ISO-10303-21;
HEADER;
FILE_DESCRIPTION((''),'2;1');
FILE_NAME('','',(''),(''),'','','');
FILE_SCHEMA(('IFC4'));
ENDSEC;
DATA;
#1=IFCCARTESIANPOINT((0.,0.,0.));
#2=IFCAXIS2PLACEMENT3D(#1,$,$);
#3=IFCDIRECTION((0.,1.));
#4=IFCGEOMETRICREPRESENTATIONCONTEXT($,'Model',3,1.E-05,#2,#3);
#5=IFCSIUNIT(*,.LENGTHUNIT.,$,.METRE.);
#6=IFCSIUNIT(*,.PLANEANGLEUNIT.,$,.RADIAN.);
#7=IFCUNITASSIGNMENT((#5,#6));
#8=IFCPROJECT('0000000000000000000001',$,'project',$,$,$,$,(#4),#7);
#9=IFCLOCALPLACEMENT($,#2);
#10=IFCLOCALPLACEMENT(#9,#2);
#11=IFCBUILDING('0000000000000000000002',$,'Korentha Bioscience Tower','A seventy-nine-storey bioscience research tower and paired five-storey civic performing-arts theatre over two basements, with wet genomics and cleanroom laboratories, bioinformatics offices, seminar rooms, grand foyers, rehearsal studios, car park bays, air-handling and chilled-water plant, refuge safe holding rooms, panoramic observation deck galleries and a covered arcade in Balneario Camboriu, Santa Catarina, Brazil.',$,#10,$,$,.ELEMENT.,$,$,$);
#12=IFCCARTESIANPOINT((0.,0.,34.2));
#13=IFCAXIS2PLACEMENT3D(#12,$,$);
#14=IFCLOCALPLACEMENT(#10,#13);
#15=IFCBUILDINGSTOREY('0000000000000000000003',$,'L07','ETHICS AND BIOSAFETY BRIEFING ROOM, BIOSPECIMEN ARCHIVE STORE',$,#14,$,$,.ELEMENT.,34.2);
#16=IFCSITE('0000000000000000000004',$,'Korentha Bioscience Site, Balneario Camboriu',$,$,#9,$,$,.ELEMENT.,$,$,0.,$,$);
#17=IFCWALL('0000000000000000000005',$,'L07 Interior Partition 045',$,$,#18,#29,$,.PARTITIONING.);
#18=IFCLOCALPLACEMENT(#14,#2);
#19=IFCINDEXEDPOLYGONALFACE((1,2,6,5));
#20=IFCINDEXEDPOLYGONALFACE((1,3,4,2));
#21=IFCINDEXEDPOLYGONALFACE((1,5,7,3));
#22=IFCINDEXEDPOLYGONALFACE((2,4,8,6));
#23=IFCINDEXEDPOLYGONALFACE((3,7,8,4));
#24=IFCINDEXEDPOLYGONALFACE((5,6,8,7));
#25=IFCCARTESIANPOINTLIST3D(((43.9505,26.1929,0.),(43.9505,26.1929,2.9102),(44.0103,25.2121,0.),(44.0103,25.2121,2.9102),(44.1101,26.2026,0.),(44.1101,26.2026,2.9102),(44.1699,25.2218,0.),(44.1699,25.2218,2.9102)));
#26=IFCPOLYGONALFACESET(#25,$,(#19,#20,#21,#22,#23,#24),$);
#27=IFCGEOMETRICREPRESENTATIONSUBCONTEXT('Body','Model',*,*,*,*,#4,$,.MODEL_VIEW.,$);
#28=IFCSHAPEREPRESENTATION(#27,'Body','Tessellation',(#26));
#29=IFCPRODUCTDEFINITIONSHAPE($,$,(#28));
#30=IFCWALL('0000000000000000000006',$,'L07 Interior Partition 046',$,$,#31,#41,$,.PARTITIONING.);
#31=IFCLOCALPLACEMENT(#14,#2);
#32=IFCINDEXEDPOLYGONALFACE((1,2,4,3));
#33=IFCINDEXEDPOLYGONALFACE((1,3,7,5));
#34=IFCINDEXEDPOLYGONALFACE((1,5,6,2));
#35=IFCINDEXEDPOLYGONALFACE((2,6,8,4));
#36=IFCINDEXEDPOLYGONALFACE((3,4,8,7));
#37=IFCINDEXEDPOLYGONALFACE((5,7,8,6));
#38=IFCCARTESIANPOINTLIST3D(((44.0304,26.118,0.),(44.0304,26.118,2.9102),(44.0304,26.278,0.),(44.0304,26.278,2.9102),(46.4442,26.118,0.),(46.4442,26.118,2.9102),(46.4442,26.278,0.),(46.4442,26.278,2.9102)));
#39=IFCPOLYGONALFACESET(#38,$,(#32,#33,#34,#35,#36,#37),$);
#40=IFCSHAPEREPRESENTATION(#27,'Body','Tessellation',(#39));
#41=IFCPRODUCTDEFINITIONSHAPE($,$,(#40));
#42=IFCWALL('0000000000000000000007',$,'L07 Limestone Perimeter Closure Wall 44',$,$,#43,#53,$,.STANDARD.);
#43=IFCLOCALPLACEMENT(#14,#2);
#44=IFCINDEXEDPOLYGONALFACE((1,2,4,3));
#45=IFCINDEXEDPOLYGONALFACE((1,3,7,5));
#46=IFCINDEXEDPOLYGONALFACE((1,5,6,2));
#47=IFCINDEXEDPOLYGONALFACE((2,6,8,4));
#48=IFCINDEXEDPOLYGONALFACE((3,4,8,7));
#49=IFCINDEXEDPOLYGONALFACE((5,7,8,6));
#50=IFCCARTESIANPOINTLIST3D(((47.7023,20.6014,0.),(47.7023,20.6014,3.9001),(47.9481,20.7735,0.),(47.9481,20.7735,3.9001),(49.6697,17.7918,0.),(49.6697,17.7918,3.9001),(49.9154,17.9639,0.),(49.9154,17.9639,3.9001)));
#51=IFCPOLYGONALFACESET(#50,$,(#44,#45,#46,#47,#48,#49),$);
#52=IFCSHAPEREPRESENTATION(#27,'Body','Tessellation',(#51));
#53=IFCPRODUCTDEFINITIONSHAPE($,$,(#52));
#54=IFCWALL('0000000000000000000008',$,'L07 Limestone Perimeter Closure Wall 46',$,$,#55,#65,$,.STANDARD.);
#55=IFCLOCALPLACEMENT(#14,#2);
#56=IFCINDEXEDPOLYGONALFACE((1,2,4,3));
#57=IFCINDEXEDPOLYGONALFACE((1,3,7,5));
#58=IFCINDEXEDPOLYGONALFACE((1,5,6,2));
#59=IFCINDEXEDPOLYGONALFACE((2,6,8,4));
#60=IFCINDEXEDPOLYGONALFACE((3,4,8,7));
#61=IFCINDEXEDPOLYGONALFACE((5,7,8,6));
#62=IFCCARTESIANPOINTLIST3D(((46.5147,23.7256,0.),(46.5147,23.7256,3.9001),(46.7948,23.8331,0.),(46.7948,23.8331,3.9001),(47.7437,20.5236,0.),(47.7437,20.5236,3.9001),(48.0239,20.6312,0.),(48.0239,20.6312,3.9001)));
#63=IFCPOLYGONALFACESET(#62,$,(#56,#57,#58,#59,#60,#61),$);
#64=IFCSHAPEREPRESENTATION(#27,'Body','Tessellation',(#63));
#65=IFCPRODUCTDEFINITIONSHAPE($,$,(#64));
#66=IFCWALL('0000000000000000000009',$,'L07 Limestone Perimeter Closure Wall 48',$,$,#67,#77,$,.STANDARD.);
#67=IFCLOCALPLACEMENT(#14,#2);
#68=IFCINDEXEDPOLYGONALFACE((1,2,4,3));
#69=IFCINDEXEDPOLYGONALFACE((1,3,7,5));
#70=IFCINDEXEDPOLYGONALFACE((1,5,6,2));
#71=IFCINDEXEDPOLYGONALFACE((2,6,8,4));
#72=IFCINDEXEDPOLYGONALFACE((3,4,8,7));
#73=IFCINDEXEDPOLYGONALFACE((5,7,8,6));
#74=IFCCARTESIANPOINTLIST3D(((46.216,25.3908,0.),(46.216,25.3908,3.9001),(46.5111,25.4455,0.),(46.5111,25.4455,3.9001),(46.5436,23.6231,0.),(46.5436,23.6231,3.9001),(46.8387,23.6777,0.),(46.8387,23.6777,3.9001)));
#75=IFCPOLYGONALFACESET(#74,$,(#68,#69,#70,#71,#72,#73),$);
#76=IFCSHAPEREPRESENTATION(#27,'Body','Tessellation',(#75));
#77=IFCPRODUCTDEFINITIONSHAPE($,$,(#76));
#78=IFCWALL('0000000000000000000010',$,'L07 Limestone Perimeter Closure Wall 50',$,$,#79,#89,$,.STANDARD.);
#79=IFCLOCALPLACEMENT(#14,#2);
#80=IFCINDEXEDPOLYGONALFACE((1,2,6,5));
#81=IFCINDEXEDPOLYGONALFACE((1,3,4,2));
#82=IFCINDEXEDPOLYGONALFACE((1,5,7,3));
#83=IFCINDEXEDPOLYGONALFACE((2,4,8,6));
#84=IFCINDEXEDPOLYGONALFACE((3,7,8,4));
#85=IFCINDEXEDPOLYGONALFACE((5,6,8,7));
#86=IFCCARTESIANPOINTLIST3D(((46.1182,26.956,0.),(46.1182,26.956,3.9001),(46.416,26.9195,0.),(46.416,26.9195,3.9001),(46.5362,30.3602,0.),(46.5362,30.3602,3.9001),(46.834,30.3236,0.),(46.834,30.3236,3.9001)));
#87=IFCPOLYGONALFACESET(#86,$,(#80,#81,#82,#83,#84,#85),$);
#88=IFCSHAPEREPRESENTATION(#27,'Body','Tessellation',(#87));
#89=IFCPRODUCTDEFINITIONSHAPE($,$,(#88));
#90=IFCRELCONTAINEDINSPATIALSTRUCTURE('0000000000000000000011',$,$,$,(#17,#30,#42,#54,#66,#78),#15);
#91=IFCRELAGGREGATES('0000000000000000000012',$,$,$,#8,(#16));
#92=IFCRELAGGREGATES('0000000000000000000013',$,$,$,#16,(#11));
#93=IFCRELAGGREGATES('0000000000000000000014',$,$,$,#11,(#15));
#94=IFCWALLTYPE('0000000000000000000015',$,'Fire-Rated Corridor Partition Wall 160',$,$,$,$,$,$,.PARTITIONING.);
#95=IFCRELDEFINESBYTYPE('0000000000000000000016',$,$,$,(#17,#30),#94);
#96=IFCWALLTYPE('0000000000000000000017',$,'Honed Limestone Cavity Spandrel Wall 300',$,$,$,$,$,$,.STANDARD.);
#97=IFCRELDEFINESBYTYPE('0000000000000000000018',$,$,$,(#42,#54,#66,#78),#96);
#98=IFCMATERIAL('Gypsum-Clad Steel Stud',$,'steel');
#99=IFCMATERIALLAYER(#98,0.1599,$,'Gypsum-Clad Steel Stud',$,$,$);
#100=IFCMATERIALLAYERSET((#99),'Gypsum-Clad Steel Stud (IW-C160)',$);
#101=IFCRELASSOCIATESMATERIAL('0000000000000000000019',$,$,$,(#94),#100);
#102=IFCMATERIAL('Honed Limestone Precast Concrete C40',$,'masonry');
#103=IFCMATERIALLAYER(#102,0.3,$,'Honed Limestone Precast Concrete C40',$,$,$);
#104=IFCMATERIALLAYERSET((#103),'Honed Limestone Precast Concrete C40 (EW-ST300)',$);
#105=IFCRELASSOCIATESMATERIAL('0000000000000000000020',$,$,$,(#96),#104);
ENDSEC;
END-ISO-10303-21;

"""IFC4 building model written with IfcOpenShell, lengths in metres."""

from ifc_helpers import new_model, si_unit, direction, frame, frame_2d, origin, place, context, subcontext, project, spatial, rectangle, extrude, material, layer, layer_set, type_object, element, save


model = new_model("IFC4")

# Units and contexts
model_context = context("Model", 3, precision=1e-05, world=origin(), true_north=direction((0.0, 1.0)))
body_context = subcontext(model_context, "Body", "Model", "MODEL_VIEW")
ifc_project = project(units=[si_unit("LENGTHUNIT", "METRE"), si_unit("PLANEANGLEUNIT", "RADIAN")], contexts=[model_context])

# Site, building, storey
site_placement = place(None, origin())
site = spatial("IfcSite", under=ifc_project, at=site_placement, Name="Korentha Bioscience Site, Balneario Camboriu", CompositionType="ELEMENT", RefElevation=0.0)
building_placement = place(site_placement, origin())
building = spatial("IfcBuilding", under=site, at=building_placement, Name="Korentha Bioscience Tower", Description="A seventy-nine-storey bioscience research tower and paired five-storey civic performing-arts theatre over two basements, with wet genomics and cleanroom laboratories, bioinformatics offices, seminar rooms, grand foyers, rehearsal studios, car park bays, air-handling and chilled-water plant, refuge safe holding rooms, panoramic observation deck galleries and a covered arcade in Balneario Camboriu, Santa Catarina, Brazil.", CompositionType="ELEMENT")
storey_placement = place(building_placement, frame((0.0, 0.0, 34.2)))
storey = spatial("IfcBuildingStorey", under=building, at=storey_placement, Name="L07", Description="ETHICS AND BIOSAFETY BRIEFING ROOM, BIOSPECIMEN ARCHIVE STORE", CompositionType="ELEMENT", Elevation=34.2)

# Shared definitions
ifc_material_1 = material(Name="Gypsum-Clad Steel Stud", Category="steel")
ifc_layer_1 = layer(ifc_material_1, 0.1599, Name="Gypsum-Clad Steel Stud")
ifc_layer_set_1 = layer_set([ifc_layer_1], Name="Gypsum-Clad Steel Stud (IW-C160)")
wall_type_1 = type_object("IfcWallType", Name="Fire-Rated Corridor Partition Wall 160", PredefinedType="PARTITIONING", material=ifc_layer_set_1)

# Walls
wall_1_placement = place(storey_placement, frame((44.0901, 25.217, 0.0), z_axis=(0.0, 0.0, 1.0), x_axis=(-0.060863, 0.998146, 0.0)))
element("IfcWall", 1, at=wall_1_placement, inside=storey, type_object=wall_type_1, Name="L07 Interior Partition 045", PredefinedType="PARTITIONING", context=body_context, shape_type="SweptSolid", body=[
    extrude(rectangle(XDim=0.9827, YDim=0.1599, at=frame_2d((0.4912, 0.0))), origin(), (0.0, 0.0, 1.0), 2.9102),
])
wall_2_placement = place(storey_placement, frame((44.0303, 26.198, 0.0), z_axis=(0.0, 0.0, 1.0), x_axis=(1.0, 0.0, 0.0)))
element("IfcWall", 2, at=wall_2_placement, inside=storey, type_object=wall_type_1, Name="L07 Interior Partition 046", PredefinedType="PARTITIONING", context=body_context, shape_type="SweptSolid", body=[
    extrude(rectangle(XDim=2.4138, YDim=0.1599, at=frame_2d((1.207, 0.0))), origin(), (0.0, 0.0, 1.0), 2.9102),
])
ifc_material_2 = material(Name="Honed Limestone Precast Concrete C40", Category="masonry")
ifc_layer_2 = layer(ifc_material_2, 0.3, Name="Honed Limestone Precast Concrete C40")
ifc_layer_set_2 = layer_set([ifc_layer_2], Name="Honed Limestone Precast Concrete C40 (EW-ST300)")
wall_type_2 = type_object("IfcWallType", Name="Honed Limestone Cavity Spandrel Wall 300", PredefinedType="STANDARD", material=ifc_layer_set_2)
wall_3_placement = place(storey_placement, frame((49.7925, 17.8779, 0.0), z_axis=(0.0, 0.0, 1.0), x_axis=(-0.573577, 0.819152, 0.0)))
element("IfcWall", 3, at=wall_3_placement, inside=storey, type_object=wall_type_2, Name="L07 Limestone Perimeter Closure Wall 44", PredefinedType="STANDARD", context=body_context, shape_type="SweptSolid", body=[
    extrude(rectangle(XDim=3.4299, YDim=0.3, at=frame_2d((1.7148, 0.0))), origin(), (0.0, 0.0, 1.0), 3.9001),
])
wall_4_placement = place(storey_placement, frame((47.8838, 20.5774, 0.0), z_axis=(0.0, 0.0, 1.0), x_axis=(-0.358345, 0.933589, 0.0)))
element("IfcWall", 4, at=wall_4_placement, inside=storey, type_object=wall_type_2, Name="L07 Limestone Perimeter Closure Wall 46", PredefinedType="STANDARD", context=body_context, shape_type="SweptSolid", body=[
    extrude(rectangle(XDim=3.4297, YDim=0.3, at=frame_2d((1.7148, 0.0))), origin(), (0.0, 0.0, 1.0), 3.9001),
])
wall_5_placement = place(storey_placement, frame((46.6912, 23.6504, 0.0), z_axis=(0.0, 0.0, 1.0), x_axis=(-0.18223, 0.983256, 0.0)))
element("IfcWall", 5, at=wall_5_placement, inside=storey, type_object=wall_type_2, Name="L07 Limestone Perimeter Closure Wall 48", PredefinedType="STANDARD", context=body_context, shape_type="SweptSolid", body=[
    extrude(rectangle(XDim=1.7979, YDim=0.3, at=frame_2d((0.8989, 0.0))), origin(), (0.0, 0.0, 1.0), 3.9001),
])
wall_6_placement = place(storey_placement, frame((46.2671, 26.9377, 0.0), z_axis=(0.0, 0.0, 1.0), x_axis=(0.12187, 0.992546, 0.0)))
element("IfcWall", 6, at=wall_6_placement, inside=storey, type_object=wall_type_2, Name="L07 Limestone Perimeter Closure Wall 50", PredefinedType="STANDARD", context=body_context, shape_type="SweptSolid", body=[
    extrude(rectangle(XDim=3.4297, YDim=0.3, at=frame_2d((1.7148, 0.0))), origin(), (0.0, 0.0, 1.0), 3.9001),
])

save(model, "model.ifc")
